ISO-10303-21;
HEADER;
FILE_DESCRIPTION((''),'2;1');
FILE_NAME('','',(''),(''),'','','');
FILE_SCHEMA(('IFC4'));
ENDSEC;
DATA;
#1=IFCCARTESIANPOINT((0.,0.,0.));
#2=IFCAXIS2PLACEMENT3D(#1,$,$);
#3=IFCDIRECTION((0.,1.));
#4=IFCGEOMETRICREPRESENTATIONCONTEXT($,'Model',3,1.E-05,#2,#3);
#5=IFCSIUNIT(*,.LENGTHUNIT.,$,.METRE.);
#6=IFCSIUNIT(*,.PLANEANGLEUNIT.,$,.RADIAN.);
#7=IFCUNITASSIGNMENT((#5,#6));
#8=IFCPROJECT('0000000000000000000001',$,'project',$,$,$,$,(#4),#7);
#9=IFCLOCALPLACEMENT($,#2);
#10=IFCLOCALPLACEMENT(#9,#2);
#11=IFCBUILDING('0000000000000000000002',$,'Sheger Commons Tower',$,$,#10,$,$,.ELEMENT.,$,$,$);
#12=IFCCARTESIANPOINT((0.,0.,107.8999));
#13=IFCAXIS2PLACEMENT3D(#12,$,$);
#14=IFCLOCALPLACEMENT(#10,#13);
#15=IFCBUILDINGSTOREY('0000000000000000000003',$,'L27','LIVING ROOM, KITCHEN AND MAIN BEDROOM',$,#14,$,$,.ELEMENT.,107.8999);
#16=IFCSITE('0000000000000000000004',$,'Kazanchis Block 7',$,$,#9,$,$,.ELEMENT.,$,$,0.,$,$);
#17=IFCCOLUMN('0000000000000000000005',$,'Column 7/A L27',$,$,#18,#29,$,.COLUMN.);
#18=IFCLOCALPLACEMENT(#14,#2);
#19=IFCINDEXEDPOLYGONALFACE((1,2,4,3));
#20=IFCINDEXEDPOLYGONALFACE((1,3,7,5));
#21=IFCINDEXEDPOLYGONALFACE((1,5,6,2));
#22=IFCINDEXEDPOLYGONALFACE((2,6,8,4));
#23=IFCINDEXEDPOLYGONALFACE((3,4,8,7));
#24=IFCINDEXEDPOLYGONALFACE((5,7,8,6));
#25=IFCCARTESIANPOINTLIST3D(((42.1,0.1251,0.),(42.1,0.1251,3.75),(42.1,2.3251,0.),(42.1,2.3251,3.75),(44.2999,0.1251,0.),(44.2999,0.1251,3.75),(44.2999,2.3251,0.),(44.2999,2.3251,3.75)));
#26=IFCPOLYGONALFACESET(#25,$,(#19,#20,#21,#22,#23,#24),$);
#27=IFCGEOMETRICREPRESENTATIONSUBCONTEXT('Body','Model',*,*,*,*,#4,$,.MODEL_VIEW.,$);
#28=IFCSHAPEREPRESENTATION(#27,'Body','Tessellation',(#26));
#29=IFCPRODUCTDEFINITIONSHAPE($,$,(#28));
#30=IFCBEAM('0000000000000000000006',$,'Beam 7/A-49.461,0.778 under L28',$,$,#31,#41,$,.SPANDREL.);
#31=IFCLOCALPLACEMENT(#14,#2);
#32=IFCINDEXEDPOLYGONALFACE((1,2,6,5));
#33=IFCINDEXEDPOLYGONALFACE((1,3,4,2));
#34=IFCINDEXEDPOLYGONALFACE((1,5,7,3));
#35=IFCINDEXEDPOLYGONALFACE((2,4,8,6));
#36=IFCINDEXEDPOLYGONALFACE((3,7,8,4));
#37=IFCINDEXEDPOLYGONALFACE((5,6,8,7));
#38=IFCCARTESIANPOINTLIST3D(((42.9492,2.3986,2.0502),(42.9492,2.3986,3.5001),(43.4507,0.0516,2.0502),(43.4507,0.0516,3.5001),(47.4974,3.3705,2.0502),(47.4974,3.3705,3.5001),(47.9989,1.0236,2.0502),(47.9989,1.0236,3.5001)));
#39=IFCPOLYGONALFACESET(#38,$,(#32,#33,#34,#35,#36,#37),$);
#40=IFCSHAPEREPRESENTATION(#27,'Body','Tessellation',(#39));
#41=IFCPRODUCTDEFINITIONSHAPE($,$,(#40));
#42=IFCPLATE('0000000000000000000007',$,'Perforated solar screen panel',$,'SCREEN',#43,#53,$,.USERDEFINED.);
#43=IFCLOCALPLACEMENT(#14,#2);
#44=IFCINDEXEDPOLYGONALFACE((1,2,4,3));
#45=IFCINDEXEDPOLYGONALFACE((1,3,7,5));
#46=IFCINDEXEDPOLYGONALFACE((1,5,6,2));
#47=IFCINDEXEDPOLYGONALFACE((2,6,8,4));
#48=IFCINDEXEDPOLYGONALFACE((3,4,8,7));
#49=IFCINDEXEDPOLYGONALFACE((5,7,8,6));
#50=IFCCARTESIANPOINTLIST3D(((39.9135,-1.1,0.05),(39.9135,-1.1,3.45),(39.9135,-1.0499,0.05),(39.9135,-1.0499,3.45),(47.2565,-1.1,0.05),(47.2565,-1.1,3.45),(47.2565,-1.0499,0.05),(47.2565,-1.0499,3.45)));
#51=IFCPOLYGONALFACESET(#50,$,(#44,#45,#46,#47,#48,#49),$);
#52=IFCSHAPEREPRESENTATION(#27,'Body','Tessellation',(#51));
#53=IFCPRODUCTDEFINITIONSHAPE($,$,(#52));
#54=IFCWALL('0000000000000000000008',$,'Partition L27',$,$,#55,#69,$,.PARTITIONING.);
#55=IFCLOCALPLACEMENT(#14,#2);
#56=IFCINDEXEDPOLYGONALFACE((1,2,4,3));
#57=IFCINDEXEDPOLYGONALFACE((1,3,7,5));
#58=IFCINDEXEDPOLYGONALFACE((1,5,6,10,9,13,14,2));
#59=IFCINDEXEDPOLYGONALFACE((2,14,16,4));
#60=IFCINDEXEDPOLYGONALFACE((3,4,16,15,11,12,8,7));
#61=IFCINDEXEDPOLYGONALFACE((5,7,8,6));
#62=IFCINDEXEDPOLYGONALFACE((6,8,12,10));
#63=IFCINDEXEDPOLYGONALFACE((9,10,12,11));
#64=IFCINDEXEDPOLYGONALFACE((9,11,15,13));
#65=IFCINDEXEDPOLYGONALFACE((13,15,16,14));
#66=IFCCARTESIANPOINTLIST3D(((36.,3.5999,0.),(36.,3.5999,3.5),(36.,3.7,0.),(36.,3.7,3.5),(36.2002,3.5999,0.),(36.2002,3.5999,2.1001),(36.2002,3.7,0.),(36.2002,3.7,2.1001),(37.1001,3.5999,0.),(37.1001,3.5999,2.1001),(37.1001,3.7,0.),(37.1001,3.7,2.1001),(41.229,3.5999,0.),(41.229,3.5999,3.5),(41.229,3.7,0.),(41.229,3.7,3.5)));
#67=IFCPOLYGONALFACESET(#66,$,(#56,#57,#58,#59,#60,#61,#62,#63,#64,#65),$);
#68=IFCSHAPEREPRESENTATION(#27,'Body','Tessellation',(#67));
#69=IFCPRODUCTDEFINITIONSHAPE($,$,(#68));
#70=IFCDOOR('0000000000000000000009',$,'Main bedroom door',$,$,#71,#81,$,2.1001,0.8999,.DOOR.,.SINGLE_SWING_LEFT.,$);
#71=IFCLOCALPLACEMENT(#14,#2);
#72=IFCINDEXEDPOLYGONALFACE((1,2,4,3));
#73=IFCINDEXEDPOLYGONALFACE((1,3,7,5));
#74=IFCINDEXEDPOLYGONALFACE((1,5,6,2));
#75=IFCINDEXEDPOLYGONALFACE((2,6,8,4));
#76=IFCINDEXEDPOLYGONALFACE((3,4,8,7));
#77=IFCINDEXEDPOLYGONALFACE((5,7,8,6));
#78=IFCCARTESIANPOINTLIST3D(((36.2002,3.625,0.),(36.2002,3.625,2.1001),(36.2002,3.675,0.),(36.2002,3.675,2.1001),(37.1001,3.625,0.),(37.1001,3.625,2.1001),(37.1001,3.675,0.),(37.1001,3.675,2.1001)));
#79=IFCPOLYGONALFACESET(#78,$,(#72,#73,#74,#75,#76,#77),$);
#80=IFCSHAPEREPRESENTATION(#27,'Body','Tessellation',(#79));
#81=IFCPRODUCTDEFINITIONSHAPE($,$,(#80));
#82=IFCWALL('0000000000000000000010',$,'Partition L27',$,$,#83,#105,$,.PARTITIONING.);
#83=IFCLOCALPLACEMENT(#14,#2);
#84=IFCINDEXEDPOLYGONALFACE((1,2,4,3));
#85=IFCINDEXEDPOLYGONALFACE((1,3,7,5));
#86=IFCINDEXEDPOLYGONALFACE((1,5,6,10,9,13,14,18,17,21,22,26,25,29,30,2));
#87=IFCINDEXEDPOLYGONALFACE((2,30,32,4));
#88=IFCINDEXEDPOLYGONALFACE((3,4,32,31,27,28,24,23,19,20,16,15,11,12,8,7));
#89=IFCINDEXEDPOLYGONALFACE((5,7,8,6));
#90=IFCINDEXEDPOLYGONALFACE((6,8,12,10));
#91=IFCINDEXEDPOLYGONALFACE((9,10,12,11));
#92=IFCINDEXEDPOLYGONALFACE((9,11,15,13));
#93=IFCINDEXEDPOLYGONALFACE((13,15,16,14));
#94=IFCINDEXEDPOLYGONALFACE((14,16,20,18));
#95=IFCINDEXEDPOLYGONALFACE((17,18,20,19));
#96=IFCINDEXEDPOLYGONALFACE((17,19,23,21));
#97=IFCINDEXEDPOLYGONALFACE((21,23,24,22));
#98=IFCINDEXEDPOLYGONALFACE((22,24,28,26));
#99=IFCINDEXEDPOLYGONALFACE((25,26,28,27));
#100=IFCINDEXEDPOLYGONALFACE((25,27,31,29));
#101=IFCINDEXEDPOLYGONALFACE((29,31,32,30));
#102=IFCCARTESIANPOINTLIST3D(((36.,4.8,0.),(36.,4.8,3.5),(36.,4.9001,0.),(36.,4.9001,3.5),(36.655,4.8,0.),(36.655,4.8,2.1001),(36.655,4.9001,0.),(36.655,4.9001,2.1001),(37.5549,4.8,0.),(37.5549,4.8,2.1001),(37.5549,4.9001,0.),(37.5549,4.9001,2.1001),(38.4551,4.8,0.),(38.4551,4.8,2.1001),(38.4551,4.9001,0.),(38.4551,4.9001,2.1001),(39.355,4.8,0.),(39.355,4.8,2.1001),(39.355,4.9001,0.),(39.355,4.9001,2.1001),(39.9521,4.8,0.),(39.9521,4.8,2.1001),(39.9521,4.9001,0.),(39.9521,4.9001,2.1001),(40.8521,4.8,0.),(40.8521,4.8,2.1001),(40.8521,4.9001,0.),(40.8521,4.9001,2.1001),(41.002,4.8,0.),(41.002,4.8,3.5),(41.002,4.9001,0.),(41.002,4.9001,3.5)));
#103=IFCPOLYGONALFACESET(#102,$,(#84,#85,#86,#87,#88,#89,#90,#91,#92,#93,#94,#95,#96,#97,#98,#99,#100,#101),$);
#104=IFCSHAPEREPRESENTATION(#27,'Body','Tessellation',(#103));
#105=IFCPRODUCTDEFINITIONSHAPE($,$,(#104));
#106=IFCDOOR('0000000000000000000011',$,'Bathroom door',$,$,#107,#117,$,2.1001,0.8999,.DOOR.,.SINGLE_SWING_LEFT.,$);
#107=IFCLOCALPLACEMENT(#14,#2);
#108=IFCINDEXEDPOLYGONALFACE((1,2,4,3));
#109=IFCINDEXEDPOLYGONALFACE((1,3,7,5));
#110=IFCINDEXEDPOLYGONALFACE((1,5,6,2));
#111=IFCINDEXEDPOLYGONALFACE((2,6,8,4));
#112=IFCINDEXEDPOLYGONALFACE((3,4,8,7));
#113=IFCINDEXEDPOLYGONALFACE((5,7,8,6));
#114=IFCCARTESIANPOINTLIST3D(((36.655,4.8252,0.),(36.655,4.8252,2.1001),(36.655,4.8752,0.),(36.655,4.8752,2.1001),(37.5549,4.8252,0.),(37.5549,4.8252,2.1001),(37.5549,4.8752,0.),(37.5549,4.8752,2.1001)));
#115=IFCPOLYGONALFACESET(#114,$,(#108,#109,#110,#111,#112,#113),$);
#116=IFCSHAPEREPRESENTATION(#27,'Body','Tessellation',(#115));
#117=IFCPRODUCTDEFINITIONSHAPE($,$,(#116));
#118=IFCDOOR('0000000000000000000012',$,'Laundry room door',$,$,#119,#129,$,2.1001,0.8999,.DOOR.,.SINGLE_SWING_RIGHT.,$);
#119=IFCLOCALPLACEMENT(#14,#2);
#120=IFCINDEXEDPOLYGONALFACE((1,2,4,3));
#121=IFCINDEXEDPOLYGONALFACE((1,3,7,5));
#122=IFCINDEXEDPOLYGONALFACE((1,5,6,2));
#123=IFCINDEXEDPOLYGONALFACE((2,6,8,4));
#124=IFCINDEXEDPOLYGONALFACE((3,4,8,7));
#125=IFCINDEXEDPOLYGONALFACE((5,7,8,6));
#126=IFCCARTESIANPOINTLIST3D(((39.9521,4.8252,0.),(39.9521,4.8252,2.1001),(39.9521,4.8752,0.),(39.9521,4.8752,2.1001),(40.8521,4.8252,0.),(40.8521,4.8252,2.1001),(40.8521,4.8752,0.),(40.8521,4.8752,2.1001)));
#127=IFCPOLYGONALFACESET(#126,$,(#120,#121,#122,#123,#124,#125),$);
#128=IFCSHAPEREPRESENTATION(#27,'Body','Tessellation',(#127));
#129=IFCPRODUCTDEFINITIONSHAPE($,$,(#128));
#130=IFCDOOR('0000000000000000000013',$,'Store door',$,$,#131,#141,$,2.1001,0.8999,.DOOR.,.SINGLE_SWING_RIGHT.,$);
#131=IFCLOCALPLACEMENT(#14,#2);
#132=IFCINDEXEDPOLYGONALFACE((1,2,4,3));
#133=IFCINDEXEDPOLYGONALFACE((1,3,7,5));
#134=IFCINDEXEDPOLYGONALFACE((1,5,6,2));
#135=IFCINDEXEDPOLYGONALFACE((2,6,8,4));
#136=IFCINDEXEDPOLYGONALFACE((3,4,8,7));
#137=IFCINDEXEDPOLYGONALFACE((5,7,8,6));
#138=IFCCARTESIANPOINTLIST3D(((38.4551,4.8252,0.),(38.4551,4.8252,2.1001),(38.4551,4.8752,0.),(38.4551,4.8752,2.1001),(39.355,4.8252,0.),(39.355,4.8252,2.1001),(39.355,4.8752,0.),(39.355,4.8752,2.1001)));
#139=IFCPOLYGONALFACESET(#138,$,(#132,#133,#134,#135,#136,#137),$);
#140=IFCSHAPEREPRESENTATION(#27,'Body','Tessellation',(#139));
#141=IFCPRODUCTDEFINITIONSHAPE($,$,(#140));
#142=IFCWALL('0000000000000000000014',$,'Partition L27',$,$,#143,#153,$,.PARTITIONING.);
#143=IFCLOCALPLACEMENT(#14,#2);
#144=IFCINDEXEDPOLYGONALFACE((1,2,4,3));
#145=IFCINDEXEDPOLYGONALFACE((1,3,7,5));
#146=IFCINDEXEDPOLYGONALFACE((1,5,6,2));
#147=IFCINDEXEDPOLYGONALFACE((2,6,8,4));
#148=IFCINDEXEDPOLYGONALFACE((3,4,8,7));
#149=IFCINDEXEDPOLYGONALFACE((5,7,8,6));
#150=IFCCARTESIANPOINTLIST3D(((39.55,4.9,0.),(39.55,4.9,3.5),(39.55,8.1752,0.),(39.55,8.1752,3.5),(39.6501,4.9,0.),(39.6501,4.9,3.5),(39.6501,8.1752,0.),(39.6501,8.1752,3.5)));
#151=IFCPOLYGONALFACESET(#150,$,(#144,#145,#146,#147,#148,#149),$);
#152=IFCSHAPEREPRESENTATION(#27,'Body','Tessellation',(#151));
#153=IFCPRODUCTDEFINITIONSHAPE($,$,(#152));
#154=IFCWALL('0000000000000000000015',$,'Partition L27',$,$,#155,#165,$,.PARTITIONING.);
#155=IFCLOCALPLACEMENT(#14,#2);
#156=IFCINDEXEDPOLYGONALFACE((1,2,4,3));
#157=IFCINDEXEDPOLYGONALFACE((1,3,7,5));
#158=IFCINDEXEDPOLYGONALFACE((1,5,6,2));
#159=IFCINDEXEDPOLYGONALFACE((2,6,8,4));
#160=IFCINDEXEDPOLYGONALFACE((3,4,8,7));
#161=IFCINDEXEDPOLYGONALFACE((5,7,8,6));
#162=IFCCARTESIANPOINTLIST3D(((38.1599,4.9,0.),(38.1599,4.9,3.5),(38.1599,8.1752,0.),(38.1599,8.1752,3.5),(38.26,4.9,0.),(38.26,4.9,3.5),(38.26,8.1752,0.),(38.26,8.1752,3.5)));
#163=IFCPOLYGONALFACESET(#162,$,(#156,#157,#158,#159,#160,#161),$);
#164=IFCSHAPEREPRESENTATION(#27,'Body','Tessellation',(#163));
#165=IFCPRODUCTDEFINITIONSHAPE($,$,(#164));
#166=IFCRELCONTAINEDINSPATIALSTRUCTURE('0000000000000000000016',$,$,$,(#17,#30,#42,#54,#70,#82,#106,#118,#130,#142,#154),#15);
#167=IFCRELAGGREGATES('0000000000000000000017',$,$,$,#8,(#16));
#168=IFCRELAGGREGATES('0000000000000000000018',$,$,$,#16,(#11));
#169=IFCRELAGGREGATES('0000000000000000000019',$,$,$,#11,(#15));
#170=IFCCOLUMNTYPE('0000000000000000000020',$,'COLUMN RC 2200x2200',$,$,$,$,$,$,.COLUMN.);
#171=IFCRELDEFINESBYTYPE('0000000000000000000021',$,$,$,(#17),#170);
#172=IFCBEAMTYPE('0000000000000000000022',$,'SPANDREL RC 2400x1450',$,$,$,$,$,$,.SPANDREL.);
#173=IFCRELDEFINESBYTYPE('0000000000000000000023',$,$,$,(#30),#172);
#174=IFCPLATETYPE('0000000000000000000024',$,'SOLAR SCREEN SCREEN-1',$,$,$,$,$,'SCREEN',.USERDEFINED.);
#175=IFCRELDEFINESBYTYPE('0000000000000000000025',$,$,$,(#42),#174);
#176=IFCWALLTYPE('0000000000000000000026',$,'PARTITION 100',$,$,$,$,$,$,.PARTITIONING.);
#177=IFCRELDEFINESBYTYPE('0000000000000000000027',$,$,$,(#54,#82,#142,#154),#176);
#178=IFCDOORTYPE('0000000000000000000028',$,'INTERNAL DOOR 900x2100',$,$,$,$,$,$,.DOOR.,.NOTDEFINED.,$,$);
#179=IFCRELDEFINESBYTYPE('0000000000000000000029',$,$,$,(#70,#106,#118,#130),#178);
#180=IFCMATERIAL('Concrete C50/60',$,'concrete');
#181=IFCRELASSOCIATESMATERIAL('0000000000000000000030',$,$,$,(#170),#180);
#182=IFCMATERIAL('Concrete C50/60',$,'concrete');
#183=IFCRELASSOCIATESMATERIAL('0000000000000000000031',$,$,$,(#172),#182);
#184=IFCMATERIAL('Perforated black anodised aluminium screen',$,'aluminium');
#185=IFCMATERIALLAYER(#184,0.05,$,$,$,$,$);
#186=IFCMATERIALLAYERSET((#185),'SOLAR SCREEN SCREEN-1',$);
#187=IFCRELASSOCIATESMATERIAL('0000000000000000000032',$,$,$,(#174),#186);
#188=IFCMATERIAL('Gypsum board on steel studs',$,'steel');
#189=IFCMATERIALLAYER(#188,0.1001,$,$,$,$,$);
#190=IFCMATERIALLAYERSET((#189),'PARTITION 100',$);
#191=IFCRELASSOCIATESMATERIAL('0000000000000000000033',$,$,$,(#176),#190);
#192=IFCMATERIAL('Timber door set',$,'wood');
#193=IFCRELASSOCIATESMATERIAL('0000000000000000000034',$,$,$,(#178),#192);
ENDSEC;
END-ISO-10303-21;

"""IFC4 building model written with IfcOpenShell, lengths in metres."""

from ifc_helpers import new_model, si_unit, direction, frame, frame_2d, origin, origin_2d, place, context, subcontext, project, spatial, rectangle, extrude, material, layer, layer_set, material_profile, profile_set, type_object, element, fill, save


model = new_model("IFC4")

# Units and contexts
model_context = context("Model", 3, precision=1e-05, world=origin(), true_north=direction((0.0, 1.0)))
body_context = subcontext(model_context, "Body", "Model", "MODEL_VIEW")
ifc_project = project(units=[si_unit("LENGTHUNIT", "METRE"), si_unit("PLANEANGLEUNIT", "RADIAN")], contexts=[model_context])

# Site, building, storey
site_placement = place(None, origin())
site = spatial("IfcSite", under=ifc_project, at=site_placement, Name="Kazanchis Block 7", CompositionType="ELEMENT", RefElevation=0.0)
building_placement = place(site_placement, origin())
building = spatial("IfcBuilding", under=site, at=building_placement, Name="Sheger Commons Tower", CompositionType="ELEMENT")
storey_placement = place(building_placement, frame((0.0, 0.0, 107.8999)))
storey = spatial("IfcBuildingStorey", under=building, at=storey_placement, Name="L27", Description="LIVING ROOM, KITCHEN AND MAIN BEDROOM", CompositionType="ELEMENT", Elevation=107.8999)

# Column
ifc_material_1 = material(Name="Concrete C50/60", Category="concrete")
ifc_material_profile_1 = material_profile(ifc_material_1, rectangle(XDim=2.2, YDim=2.2, at=origin_2d()), Name="RC 2200x2200")
ifc_profile_set_1 = profile_set([ifc_material_profile_1], Name="Concrete C50/60")
column_type = type_object("IfcColumnType", Name="COLUMN RC 2200x2200", PredefinedType="COLUMN", material=ifc_profile_set_1)
column_placement = place(storey_placement, frame((43.2, 1.2251, 0.0), z_axis=(0.0, 0.0, 1.0), x_axis=(1.0, 0.0, 0.0)))
element("IfcColumn", 1, at=column_placement, inside=storey, type_object=column_type, Name="Column 7/A L27", PredefinedType="COLUMN", context=body_context, shape_type="SweptSolid", body=[
    extrude(rectangle(XDim=2.2, YDim=2.2, at=origin_2d()), origin(), (0.0, 0.0, 1.0), 3.75),
])

# Beam
ifc_material_2 = material(Name="Concrete C50/60", Category="concrete")
ifc_material_profile_2 = material_profile(ifc_material_2, rectangle(XDim=2.3999, YDim=1.45, at=origin_2d()), Name="RC 2400x1450")
ifc_profile_set_2 = profile_set([ifc_material_profile_2], Name="Concrete C50/60")
beam_type = type_object("IfcBeamType", Name="SPANDREL RC 2400x1450", PredefinedType="SPANDREL", material=ifc_profile_set_2)
beam_placement = place(storey_placement, frame((43.2, 1.2251, 2.7751), z_axis=(0.97792, 0.208981, 0.0), x_axis=(-0.208981, 0.97792, 0.0)))
element("IfcBeam", 2, at=beam_placement, inside=storey, type_object=beam_type, Name="Beam 7/A-49.461,0.778 under L28", PredefinedType="SPANDREL", context=body_context, shape_type="SweptSolid", body=[
    extrude(rectangle(XDim=2.3999, YDim=1.45, at=origin_2d()), origin(), (0.0, 0.0, 1.0), 4.6509),
])

# Plate
ifc_material_3 = material(Name="Perforated black anodised aluminium screen", Category="aluminium")
ifc_layer_1 = layer(ifc_material_3, 0.05)
ifc_layer_set_1 = layer_set([ifc_layer_1], Name="SOLAR SCREEN SCREEN-1")
plate_type = type_object("IfcPlateType", Name="SOLAR SCREEN SCREEN-1", ElementType="SCREEN", PredefinedType="USERDEFINED", material=ifc_layer_set_1)
plate_placement = place(storey_placement, frame((43.585, -1.075, 0.05), z_axis=(0.0, 0.0, 1.0), x_axis=(1.0, 0.0, 0.0)))
element("IfcPlate", 3, at=plate_placement, inside=storey, type_object=plate_type, Name="Perforated solar screen panel", ObjectType="SCREEN", PredefinedType="USERDEFINED", context=body_context, shape_type="SweptSolid", body=[
    extrude(rectangle(XDim=7.343, YDim=0.05, at=origin_2d()), origin(), (0.0, 0.0, 1.0), 3.3999),
])

# Wall, opening, door
ifc_material_4 = material(Name="Gypsum board on steel studs", Category="steel")
ifc_layer_2 = layer(ifc_material_4, 0.1001)
ifc_layer_set_2 = layer_set([ifc_layer_2], Name="PARTITION 100")
wall_type = type_object("IfcWallType", Name="PARTITION 100", PredefinedType="PARTITIONING", material=ifc_layer_set_2)
wall_1_placement = place(storey_placement, frame((41.229, 3.6499, 0.0), z_axis=(0.0, 0.0, 1.0), x_axis=(-1.0, 0.0, 0.0)))
wall_1 = element("IfcWall", 4, at=wall_1_placement, inside=storey, type_object=wall_type, Name="Partition L27", PredefinedType="PARTITIONING", context=body_context, shape_type="SweptSolid", body=[
    extrude(rectangle(XDim=5.229, YDim=0.1001, at=frame_2d((2.6145, 0.0))), origin(), (0.0, 0.0, 1.0), 3.5),
])
opening_1_placement = place(wall_1_placement, frame((4.1289, 0.0, 0.0)))
opening_1 = element("IfcOpeningElement", 5, at=opening_1_placement, cuts=wall_1, PredefinedType="OPENING", context=body_context, shape_type="SweptSolid", body=[
    extrude(rectangle(XDim=0.8999, YDim=2.1001, at=frame_2d((0.45, 1.05))), frame((0.0, 0.0601, 0.0), z_axis=(0.0, -1.0, 0.0), x_axis=(1.0, 0.0, 0.0)), (0.0, 0.0, 1.0), 0.1201),
])
ifc_material_5 = material(Name="Timber door set", Category="wood")
door_type = type_object("IfcDoorType", Name="INTERNAL DOOR 900x2100", OperationType="NOTDEFINED", PredefinedType="DOOR", material=ifc_material_5)
door_1_placement = place(opening_1_placement, origin())
door_1 = element("IfcDoor", 6, at=door_1_placement, inside=storey, type_object=door_type, Name="Main bedroom door", OperationType="SINGLE_SWING_LEFT", OverallHeight=2.1001, OverallWidth=0.8999, PredefinedType="DOOR", context=body_context, shape_type="SweptSolid", body=[
    extrude(rectangle(XDim=0.8999, YDim=2.1001, at=frame_2d((0.45, 1.05))), frame((0.0, 0.0249, 0.0), z_axis=(0.0, -1.0, 0.0), x_axis=(1.0, 0.0, 0.0)), (0.0, 0.0, 1.0), 0.05),
])
fill(opening_1, door_1)

# Wall, openings, doors
wall_2_placement = place(storey_placement, frame((41.002, 4.8501, 0.0), z_axis=(0.0, 0.0, 1.0), x_axis=(-1.0, 0.0, 0.0)))
wall_2 = element("IfcWall", 7, at=wall_2_placement, inside=storey, type_object=wall_type, Name="Partition L27", PredefinedType="PARTITIONING", context=body_context, shape_type="SweptSolid", body=[
    extrude(rectangle(XDim=5.002, YDim=0.1001, at=frame_2d((2.501, 0.0))), origin(), (0.0, 0.0, 1.0), 3.5),
])
opening_2_placement = place(wall_2_placement, frame((3.447, 0.0, 0.0)))
opening_2 = element("IfcOpeningElement", 8, at=opening_2_placement, cuts=wall_2, PredefinedType="OPENING", context=body_context, shape_type="SweptSolid", body=[
    extrude(rectangle(XDim=0.8999, YDim=2.1001, at=frame_2d((0.45, 1.05))), frame((0.0, 0.0601, 0.0), z_axis=(0.0, -1.0, 0.0), x_axis=(1.0, 0.0, 0.0)), (0.0, 0.0, 1.0), 0.1201),
])
opening_3_placement = place(wall_2_placement, frame((0.1499, 0.0, 0.0)))
opening_3 = element("IfcOpeningElement", 9, at=opening_3_placement, cuts=wall_2, PredefinedType="OPENING", context=body_context, shape_type="SweptSolid", body=[
    extrude(rectangle(XDim=0.8999, YDim=2.1001, at=frame_2d((0.45, 1.05))), frame((0.0, 0.0601, 0.0), z_axis=(0.0, -1.0, 0.0), x_axis=(1.0, 0.0, 0.0)), (0.0, 0.0, 1.0), 0.1201),
])
opening_4_placement = place(wall_2_placement, frame((1.647, 0.0, 0.0)))
opening_4 = element("IfcOpeningElement", 10, at=opening_4_placement, cuts=wall_2, PredefinedType="OPENING", context=body_context, shape_type="SweptSolid", body=[
    extrude(rectangle(XDim=0.8999, YDim=2.1001, at=frame_2d((0.45, 1.05))), frame((0.0, 0.0601, 0.0), z_axis=(0.0, -1.0, 0.0), x_axis=(1.0, 0.0, 0.0)), (0.0, 0.0, 1.0), 0.1201),
])
door_2_placement = place(opening_2_placement, origin())
door_2 = element("IfcDoor", 11, at=door_2_placement, inside=storey, type_object=door_type, Name="Bathroom door", OperationType="SINGLE_SWING_LEFT", OverallHeight=2.1001, OverallWidth=0.8999, PredefinedType="DOOR", context=body_context, shape_type="SweptSolid", body=[
    extrude(rectangle(XDim=0.8999, YDim=2.1001, at=frame_2d((0.45, 1.05))), frame((0.0, 0.0249, 0.0), z_axis=(0.0, -1.0, 0.0), x_axis=(1.0, 0.0, 0.0)), (0.0, 0.0, 1.0), 0.05),
])
fill(opening_2, door_2)
door_3_placement = place(opening_3_placement, origin())
door_3 = element("IfcDoor", 12, at=door_3_placement, inside=storey, type_object=door_type, Name="Laundry room door", OperationType="SINGLE_SWING_RIGHT", OverallHeight=2.1001, OverallWidth=0.8999, PredefinedType="DOOR", context=body_context, shape_type="SweptSolid", body=[
    extrude(rectangle(XDim=0.8999, YDim=2.1001, at=frame_2d((0.45, 1.05))), frame((0.0, 0.0249, 0.0), z_axis=(0.0, -1.0, 0.0), x_axis=(1.0, 0.0, 0.0)), (0.0, 0.0, 1.0), 0.05),
])
fill(opening_3, door_3)
door_4_placement = place(opening_4_placement, origin())
door_4 = element("IfcDoor", 13, at=door_4_placement, inside=storey, type_object=door_type, Name="Store door", OperationType="SINGLE_SWING_RIGHT", OverallHeight=2.1001, OverallWidth=0.8999, PredefinedType="DOOR", context=body_context, shape_type="SweptSolid", body=[
    extrude(rectangle(XDim=0.8999, YDim=2.1001, at=frame_2d((0.45, 1.05))), frame((0.0, 0.0249, 0.0), z_axis=(0.0, -1.0, 0.0), x_axis=(1.0, 0.0, 0.0)), (0.0, 0.0, 1.0), 0.05),
])
fill(opening_4, door_4)

# Walls
for number, where, z_axis, x_axis, name in (
    (14, (39.6001, 4.8999, 0.0), (0.0, 0.0, 1.0), (0.0, 1.0, 0.0), "Partition L27"),
    (15, (38.21, 4.8999, 0.0), (0.0, 0.0, 1.0), (0.0, 1.0, 0.0), "Partition L27"),
):
    element("IfcWall", number, at=place(storey_placement, frame(where, z_axis=z_axis, x_axis=x_axis)), inside=storey, type_object=wall_type, Name=name, PredefinedType="PARTITIONING", context=body_context, shape_type="SweptSolid", body=[
        extrude(rectangle(XDim=3.2751, YDim=0.1001, at=frame_2d((1.6377, 0.0))), origin(), (0.0, 0.0, 1.0), 3.5),
    ])

save(model, "model.ifc")
